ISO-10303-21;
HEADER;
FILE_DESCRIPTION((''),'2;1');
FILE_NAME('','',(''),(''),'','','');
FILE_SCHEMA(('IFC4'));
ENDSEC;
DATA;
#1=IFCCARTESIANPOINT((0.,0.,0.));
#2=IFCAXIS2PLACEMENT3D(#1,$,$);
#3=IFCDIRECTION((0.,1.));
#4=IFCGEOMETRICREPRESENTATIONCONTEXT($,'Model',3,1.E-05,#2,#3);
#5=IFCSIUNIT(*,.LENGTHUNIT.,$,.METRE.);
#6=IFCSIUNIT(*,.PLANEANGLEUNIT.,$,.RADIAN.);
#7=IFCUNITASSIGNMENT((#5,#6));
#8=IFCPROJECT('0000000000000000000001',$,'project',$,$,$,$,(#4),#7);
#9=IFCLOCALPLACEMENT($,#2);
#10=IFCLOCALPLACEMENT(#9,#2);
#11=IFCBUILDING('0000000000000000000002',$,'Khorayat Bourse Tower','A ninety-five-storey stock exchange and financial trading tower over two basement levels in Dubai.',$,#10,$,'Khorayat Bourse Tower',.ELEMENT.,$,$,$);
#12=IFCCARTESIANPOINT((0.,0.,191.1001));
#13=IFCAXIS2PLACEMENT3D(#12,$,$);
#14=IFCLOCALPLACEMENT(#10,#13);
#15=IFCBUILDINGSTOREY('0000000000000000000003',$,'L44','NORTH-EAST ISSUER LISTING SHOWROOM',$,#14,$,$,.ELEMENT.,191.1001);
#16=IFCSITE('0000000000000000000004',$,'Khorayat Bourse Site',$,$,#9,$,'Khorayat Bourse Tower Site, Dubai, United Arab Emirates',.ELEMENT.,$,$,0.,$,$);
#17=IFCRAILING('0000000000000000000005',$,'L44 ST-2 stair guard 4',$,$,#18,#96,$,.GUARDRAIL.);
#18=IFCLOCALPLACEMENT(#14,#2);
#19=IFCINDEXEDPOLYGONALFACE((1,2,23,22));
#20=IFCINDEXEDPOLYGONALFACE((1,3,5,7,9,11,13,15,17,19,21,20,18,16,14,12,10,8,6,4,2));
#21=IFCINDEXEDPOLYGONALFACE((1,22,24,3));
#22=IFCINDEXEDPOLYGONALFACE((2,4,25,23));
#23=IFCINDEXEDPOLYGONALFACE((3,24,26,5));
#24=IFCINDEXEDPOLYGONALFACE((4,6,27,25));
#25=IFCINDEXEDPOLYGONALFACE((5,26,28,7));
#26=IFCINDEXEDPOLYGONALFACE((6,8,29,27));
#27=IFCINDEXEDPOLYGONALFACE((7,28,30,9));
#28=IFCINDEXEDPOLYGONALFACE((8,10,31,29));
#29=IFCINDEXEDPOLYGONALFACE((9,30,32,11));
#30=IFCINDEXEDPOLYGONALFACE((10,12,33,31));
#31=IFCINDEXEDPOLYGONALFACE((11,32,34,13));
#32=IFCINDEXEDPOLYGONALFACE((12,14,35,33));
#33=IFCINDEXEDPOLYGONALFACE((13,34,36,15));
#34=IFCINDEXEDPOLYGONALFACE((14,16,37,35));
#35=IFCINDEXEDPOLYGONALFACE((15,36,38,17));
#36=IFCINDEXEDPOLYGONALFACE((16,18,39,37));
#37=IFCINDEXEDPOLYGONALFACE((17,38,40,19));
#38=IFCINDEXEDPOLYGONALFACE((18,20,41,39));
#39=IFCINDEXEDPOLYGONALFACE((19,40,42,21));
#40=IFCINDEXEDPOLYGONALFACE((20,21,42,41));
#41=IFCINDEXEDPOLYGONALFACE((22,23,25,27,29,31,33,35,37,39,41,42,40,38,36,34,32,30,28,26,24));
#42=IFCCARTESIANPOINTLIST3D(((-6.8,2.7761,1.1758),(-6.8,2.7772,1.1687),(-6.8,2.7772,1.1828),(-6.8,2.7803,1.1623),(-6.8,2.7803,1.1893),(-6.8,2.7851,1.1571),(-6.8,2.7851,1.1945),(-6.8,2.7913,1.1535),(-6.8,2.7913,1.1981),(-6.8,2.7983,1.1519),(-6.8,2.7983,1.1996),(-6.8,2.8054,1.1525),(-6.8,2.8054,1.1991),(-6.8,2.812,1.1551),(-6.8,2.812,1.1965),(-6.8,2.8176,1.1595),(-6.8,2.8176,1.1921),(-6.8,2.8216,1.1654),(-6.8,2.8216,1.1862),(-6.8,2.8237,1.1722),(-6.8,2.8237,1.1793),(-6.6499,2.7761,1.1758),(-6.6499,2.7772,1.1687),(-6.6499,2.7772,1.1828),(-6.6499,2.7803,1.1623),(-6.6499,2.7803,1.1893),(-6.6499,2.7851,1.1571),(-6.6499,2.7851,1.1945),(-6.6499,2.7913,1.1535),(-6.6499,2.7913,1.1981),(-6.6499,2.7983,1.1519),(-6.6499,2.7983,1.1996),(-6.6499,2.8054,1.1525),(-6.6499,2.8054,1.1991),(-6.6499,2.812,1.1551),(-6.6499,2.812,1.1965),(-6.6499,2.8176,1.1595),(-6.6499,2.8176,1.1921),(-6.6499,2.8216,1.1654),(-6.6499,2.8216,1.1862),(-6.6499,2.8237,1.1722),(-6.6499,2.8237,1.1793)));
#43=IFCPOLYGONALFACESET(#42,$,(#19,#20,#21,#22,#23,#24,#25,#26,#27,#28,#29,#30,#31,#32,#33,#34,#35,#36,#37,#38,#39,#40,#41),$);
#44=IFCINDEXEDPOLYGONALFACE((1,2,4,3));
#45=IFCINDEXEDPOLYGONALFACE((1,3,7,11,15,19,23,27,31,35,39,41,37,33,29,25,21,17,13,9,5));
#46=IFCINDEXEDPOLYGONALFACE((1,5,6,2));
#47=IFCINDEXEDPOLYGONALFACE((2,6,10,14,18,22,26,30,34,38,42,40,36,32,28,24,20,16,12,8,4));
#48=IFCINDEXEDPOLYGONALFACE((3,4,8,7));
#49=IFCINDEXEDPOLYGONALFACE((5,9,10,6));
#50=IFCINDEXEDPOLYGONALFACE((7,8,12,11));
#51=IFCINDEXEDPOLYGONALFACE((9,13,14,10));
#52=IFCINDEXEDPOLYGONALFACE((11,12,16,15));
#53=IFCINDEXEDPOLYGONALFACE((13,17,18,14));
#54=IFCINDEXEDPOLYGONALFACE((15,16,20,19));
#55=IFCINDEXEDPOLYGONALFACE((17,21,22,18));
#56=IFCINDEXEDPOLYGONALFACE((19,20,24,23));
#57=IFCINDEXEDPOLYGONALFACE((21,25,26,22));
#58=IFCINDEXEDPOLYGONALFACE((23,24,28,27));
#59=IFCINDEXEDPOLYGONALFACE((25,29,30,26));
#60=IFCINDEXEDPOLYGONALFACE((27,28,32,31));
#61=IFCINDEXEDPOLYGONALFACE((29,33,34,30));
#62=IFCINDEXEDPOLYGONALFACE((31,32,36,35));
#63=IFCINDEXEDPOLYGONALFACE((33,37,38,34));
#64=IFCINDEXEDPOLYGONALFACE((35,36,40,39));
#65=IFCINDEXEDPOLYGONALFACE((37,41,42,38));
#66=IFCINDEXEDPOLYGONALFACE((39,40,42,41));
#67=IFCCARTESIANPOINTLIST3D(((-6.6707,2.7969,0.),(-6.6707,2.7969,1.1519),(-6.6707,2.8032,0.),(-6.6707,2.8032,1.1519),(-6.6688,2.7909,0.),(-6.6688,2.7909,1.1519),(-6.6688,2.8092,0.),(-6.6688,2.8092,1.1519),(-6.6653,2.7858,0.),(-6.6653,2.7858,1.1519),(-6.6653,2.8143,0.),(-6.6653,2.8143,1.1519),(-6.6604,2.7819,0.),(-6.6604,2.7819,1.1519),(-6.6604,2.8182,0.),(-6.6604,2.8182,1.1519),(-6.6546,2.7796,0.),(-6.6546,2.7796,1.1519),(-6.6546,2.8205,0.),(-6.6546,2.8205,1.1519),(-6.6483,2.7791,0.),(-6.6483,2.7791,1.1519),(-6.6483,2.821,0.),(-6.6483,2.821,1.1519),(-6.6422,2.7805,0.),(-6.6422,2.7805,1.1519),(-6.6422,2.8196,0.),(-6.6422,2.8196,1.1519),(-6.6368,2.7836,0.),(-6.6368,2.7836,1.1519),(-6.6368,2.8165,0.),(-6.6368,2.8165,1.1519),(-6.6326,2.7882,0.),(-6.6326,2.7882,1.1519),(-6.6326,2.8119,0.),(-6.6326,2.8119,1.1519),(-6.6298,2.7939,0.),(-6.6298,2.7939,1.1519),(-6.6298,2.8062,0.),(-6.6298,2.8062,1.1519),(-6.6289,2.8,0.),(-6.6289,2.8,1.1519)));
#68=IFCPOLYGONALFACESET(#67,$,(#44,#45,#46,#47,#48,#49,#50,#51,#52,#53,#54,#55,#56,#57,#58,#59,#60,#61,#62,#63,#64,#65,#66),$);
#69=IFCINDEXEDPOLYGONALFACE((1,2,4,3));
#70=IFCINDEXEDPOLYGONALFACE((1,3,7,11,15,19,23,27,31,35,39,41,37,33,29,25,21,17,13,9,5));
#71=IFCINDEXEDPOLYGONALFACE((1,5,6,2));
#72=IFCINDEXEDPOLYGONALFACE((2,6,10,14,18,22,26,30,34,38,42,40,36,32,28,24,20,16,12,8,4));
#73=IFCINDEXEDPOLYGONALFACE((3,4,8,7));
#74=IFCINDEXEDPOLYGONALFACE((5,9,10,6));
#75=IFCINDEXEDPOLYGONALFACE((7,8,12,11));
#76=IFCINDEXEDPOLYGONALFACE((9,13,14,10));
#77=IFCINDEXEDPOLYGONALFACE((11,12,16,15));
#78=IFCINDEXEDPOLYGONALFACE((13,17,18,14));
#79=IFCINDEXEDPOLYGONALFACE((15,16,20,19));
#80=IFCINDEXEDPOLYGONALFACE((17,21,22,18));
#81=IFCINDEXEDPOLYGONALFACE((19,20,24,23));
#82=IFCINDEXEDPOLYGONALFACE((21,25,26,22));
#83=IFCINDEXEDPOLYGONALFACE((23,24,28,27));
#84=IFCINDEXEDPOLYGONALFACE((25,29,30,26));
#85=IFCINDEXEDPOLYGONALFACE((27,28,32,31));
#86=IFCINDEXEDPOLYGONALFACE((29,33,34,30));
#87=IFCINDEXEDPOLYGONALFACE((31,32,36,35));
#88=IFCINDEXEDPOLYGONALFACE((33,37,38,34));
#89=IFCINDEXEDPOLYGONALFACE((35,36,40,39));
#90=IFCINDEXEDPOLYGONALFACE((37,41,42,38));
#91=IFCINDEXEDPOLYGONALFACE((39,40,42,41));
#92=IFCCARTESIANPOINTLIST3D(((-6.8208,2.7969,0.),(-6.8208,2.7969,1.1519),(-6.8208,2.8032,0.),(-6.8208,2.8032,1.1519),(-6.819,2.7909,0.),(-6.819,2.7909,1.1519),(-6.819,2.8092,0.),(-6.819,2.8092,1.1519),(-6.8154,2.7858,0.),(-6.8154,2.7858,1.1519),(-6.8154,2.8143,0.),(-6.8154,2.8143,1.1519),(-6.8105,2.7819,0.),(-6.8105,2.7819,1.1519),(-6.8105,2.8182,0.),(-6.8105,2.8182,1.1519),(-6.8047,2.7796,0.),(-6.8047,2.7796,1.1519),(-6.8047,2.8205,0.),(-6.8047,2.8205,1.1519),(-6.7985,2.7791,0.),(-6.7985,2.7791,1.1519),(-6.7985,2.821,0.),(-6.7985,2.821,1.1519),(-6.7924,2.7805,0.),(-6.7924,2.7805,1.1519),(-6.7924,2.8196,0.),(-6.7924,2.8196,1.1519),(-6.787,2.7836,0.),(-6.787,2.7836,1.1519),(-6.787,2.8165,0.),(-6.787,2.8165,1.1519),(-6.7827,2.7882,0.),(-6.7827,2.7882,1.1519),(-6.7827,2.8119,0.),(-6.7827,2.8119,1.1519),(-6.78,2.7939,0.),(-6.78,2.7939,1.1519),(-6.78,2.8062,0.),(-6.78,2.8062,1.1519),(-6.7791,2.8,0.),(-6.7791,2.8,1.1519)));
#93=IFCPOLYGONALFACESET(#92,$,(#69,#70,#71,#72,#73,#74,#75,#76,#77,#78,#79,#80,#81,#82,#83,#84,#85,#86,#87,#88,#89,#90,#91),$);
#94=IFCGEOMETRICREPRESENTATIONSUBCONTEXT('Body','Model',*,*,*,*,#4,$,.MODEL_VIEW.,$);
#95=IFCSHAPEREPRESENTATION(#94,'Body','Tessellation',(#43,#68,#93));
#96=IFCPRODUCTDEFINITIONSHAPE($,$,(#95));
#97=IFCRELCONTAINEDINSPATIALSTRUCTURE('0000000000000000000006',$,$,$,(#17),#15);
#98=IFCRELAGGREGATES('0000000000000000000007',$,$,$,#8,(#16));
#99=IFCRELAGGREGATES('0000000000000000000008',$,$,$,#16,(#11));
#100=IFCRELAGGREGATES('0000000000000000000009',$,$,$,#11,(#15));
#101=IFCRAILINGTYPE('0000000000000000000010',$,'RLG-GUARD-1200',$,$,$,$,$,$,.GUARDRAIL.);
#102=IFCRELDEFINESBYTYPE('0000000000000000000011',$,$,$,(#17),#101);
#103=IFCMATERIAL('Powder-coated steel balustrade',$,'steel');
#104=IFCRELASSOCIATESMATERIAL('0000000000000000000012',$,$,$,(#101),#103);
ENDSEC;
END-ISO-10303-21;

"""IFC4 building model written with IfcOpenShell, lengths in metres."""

from ifc_helpers import new_model, si_unit, direction, frame, origin, origin_2d, place, context, subcontext, project, spatial, circle, extrude, source, transform, mapped, material, type_object, element, save


model = new_model("IFC4")

# Units and contexts
model_context = context("Model", 3, precision=1e-05, world=origin(), true_north=direction((0.0, 1.0)))
body_context = subcontext(model_context, "Body", "Model", "MODEL_VIEW")
ifc_project = project(units=[si_unit("LENGTHUNIT", "METRE"), si_unit("PLANEANGLEUNIT", "RADIAN")], contexts=[model_context])

# Site, building, storey
site_placement = place(None, origin())
site = spatial("IfcSite", under=ifc_project, at=site_placement, Name="Khorayat Bourse Site", LongName="Khorayat Bourse Tower Site, Dubai, United Arab Emirates", CompositionType="ELEMENT", RefElevation=0.0)
building_placement = place(site_placement, origin())
building = spatial("IfcBuilding", under=site, at=building_placement, Name="Khorayat Bourse Tower", Description="A ninety-five-storey stock exchange and financial trading tower over two basement levels in Dubai.", LongName="Khorayat Bourse Tower", CompositionType="ELEMENT")
storey_placement = place(building_placement, frame((0.0, 0.0, 191.1001)))
storey = spatial("IfcBuildingStorey", under=building, at=storey_placement, Name="L44", Description="NORTH-EAST ISSUER LISTING SHOWROOM", CompositionType="ELEMENT", Elevation=191.1001)

# Railing
ifc_material_1 = material(Name="Powder-coated steel balustrade", Category="steel")
railing_type_1 = type_object("IfcRailingType", Name="RLG-GUARD-1200", PredefinedType="GUARDRAIL", material=ifc_material_1)
shared_shape_1 = source(origin(), body_context, "Body", "SweptSolid", [
    extrude(circle(Radius=0.0239, at=origin_2d()), frame((0.0, 0.0, 1.1758), z_axis=(-1.0, 0.0, 0.0), x_axis=(0.0, -1.0, 0.0)), (0.0, 0.0, 1.0), 0.1501),
    extrude(circle(Radius=0.021, at=origin_2d()), origin(), (0.0, 0.0, 1.0), 1.1519),
    extrude(circle(Radius=0.021, at=origin_2d()), frame((-0.1501, 0.0, 0.0)), (0.0, 0.0, 1.0), 1.1519),
])
for number, where, name in (
    (1, (-6.6499, 2.8, 0.0), "L44 ST-2 stair guard 4"),
):
    element("IfcRailing", number, at=place(storey_placement, frame(where)), inside=storey, type_object=railing_type_1, Name=name, PredefinedType="GUARDRAIL", context=body_context, shape_type="MappedRepresentation", body=[
        mapped(shared_shape_1, transform((0.0, 0.0, 0.0), scale=1.0)),
    ])

save(model, "model.ifc")
